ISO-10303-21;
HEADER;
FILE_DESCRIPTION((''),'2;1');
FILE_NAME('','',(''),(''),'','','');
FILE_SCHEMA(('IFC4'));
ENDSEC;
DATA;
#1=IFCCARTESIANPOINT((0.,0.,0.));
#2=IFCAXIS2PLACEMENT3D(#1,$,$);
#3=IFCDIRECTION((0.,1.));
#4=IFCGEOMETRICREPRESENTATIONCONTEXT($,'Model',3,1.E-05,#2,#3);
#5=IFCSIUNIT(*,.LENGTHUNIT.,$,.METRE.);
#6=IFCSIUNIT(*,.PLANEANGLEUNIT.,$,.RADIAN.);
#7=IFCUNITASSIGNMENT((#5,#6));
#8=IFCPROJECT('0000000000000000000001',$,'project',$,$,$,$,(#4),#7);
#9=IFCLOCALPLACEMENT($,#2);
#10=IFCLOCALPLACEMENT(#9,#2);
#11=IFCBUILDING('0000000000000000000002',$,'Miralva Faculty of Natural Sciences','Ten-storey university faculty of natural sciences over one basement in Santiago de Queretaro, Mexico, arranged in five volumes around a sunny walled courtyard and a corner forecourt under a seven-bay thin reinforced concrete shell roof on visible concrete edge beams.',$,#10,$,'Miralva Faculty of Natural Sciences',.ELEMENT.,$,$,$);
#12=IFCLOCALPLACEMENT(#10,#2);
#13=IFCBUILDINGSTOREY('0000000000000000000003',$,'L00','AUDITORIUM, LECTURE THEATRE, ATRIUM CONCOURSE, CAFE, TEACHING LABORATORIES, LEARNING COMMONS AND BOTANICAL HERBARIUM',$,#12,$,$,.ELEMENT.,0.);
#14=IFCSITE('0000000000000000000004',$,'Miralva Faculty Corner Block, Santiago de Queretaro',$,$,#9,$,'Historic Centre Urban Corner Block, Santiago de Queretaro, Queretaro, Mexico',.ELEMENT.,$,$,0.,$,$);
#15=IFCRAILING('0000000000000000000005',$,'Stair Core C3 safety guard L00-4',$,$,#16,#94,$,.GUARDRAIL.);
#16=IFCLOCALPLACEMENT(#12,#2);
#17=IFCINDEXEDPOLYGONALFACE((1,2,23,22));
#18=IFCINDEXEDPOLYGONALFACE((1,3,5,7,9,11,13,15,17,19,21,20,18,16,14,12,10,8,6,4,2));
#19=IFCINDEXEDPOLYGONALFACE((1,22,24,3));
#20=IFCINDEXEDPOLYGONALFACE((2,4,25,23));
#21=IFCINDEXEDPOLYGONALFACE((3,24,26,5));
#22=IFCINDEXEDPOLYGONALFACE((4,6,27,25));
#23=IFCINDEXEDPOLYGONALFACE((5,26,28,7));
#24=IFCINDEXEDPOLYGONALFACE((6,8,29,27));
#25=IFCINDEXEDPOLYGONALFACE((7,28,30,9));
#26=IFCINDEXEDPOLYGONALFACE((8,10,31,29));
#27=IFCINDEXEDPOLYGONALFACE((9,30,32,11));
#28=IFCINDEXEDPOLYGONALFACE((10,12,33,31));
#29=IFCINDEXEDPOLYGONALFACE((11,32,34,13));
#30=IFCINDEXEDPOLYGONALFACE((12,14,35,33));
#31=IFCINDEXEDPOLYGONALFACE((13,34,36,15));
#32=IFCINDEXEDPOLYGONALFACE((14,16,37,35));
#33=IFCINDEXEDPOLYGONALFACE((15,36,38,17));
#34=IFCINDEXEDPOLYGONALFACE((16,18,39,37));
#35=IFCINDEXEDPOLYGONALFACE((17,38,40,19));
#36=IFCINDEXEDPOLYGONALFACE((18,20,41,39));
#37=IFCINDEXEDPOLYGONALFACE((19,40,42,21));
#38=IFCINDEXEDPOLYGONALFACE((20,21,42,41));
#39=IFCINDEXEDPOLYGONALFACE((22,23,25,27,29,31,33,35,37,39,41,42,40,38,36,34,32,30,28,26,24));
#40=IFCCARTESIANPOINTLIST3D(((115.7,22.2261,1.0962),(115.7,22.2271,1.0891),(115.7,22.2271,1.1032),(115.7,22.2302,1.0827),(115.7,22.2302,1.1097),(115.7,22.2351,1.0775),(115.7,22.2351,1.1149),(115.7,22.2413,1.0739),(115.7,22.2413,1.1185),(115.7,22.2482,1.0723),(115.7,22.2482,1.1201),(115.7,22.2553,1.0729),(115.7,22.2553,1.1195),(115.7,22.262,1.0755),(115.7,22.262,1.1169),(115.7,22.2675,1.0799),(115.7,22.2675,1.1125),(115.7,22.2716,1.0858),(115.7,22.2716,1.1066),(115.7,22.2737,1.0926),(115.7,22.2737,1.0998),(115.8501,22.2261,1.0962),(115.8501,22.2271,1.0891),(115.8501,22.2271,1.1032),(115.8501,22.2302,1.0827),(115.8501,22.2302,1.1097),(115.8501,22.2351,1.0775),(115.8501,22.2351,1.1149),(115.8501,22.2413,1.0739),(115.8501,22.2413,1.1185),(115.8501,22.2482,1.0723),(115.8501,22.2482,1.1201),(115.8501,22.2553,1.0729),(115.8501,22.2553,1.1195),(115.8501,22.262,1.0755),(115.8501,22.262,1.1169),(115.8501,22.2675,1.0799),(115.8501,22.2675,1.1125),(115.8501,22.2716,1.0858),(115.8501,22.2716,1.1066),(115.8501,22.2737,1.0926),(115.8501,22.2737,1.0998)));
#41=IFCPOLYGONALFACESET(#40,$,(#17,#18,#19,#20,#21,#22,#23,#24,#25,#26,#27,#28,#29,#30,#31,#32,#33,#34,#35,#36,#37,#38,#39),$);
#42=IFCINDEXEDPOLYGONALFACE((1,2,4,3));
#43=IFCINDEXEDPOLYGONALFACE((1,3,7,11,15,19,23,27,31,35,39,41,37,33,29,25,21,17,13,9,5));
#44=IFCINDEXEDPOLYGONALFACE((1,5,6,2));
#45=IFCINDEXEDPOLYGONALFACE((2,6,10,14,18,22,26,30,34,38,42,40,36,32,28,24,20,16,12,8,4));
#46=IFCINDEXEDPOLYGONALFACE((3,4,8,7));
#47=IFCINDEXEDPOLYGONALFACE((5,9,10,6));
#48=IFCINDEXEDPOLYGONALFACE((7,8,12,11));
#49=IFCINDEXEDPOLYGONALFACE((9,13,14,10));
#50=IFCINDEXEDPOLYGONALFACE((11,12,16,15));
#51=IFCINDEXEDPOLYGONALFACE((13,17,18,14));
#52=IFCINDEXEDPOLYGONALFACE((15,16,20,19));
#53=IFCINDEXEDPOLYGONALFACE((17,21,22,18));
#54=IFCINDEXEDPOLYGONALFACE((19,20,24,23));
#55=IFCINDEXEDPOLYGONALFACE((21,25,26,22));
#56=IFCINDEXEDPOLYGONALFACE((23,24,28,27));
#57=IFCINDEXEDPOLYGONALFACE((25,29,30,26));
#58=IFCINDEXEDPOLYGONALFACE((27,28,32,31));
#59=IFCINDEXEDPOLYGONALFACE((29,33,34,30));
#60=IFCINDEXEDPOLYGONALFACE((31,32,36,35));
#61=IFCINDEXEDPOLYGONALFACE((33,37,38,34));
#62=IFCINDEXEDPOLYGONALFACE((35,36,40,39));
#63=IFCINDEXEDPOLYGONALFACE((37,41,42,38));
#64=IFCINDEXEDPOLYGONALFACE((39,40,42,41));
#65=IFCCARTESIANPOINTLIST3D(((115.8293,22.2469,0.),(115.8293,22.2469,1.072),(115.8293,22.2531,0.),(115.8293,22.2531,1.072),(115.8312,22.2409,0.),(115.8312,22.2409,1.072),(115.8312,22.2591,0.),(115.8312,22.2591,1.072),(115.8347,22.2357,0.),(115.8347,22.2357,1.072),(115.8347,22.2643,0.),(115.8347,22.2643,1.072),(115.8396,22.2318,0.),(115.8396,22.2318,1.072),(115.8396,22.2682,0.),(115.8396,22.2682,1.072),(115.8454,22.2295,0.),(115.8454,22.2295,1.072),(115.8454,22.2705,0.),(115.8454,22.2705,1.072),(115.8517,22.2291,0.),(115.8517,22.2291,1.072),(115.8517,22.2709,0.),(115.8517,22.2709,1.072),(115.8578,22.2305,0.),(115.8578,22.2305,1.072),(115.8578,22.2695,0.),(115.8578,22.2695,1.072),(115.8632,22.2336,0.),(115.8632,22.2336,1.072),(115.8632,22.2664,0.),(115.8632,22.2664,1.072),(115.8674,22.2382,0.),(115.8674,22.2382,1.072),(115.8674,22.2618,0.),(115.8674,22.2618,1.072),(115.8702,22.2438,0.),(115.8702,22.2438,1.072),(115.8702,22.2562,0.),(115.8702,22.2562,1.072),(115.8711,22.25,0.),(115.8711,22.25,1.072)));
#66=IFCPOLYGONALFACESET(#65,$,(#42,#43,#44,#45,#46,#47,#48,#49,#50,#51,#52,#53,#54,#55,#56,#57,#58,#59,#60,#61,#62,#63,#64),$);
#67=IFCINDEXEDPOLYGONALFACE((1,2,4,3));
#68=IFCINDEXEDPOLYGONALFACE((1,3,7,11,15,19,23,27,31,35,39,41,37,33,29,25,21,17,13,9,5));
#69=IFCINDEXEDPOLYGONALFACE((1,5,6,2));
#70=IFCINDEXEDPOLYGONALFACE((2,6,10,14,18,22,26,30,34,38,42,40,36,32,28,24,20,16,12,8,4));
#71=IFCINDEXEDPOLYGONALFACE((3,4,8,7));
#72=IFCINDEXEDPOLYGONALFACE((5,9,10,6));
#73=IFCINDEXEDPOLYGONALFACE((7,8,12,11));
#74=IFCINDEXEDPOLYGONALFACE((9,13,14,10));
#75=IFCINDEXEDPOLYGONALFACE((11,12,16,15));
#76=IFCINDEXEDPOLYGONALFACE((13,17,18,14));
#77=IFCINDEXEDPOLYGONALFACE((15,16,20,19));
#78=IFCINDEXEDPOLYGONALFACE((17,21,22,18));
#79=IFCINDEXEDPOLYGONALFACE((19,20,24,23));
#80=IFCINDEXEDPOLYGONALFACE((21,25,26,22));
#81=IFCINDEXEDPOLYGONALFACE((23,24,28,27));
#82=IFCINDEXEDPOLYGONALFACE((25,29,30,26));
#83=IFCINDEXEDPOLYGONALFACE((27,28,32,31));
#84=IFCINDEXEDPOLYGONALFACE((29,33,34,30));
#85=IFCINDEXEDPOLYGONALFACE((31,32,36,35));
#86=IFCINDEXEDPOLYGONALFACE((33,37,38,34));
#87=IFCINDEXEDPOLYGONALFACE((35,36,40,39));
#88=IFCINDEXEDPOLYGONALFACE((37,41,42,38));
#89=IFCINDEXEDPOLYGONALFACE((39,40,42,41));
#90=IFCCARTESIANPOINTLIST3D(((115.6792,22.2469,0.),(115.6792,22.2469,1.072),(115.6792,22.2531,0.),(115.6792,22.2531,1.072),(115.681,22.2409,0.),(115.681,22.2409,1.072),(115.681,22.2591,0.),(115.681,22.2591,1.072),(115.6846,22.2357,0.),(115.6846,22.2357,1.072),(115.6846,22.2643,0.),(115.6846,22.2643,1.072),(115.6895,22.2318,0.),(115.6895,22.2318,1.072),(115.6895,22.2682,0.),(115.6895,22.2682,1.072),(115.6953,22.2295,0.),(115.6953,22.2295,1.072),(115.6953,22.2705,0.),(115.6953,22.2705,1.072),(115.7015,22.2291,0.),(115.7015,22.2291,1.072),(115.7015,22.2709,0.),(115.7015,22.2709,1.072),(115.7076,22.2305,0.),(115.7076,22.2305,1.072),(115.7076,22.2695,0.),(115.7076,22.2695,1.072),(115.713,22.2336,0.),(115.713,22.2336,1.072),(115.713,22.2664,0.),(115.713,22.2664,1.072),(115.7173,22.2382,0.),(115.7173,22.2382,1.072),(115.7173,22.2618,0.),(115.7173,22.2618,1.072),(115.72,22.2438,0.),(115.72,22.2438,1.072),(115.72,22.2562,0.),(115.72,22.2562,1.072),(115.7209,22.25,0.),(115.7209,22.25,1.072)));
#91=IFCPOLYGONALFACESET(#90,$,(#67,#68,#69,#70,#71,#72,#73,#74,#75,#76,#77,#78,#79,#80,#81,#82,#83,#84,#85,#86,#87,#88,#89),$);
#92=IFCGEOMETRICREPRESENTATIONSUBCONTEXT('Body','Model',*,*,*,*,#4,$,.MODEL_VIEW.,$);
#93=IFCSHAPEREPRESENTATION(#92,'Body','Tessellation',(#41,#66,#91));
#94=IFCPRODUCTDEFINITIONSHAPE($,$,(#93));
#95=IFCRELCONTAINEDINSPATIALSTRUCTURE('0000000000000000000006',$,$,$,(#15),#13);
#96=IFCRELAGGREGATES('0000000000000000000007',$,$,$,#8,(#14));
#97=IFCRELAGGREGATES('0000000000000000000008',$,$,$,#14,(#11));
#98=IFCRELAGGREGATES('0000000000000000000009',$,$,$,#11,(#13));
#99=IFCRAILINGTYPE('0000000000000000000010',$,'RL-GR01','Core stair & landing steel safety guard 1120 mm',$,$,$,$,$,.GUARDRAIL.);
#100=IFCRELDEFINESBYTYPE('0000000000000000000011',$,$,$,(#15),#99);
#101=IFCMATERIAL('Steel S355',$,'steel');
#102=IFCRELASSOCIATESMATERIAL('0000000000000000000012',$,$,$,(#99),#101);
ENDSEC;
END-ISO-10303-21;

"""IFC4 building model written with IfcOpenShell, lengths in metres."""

from ifc_helpers import new_model, si_unit, direction, frame, origin, origin_2d, place, context, subcontext, project, spatial, circle, extrude, material, type_object, element, save


model = new_model("IFC4")

# Units and contexts
model_context = context("Model", 3, precision=1e-05, world=origin(), true_north=direction((0.0, 1.0)))
body_context = subcontext(model_context, "Body", "Model", "MODEL_VIEW")
ifc_project = project(units=[si_unit("LENGTHUNIT", "METRE"), si_unit("PLANEANGLEUNIT", "RADIAN")], contexts=[model_context])

# Site, building, storey
site_placement = place(None, origin())
site = spatial("IfcSite", under=ifc_project, at=site_placement, Name="Miralva Faculty Corner Block, Santiago de Queretaro", LongName="Historic Centre Urban Corner Block, Santiago de Queretaro, Queretaro, Mexico", CompositionType="ELEMENT", RefElevation=0.0)
building_placement = place(site_placement, origin())
building = spatial("IfcBuilding", under=site, at=building_placement, Name="Miralva Faculty of Natural Sciences", Description="Ten-storey university faculty of natural sciences over one basement in Santiago de Queretaro, Mexico, arranged in five volumes around a sunny walled courtyard and a corner forecourt under a seven-bay thin reinforced concrete shell roof on visible concrete edge beams.", LongName="Miralva Faculty of Natural Sciences", CompositionType="ELEMENT")
storey_placement = place(building_placement, origin())
storey = spatial("IfcBuildingStorey", under=building, at=storey_placement, Name="L00", Description="AUDITORIUM, LECTURE THEATRE, ATRIUM CONCOURSE, CAFE, TEACHING LABORATORIES, LEARNING COMMONS AND BOTANICAL HERBARIUM", CompositionType="ELEMENT", Elevation=0.0)

# Railing
ifc_material_1 = material(Name="Steel S355", Category="steel")
railing_type_1 = type_object("IfcRailingType", Name="RL-GR01", Description="Core stair & landing steel safety guard 1120 mm", PredefinedType="GUARDRAIL", material=ifc_material_1)
railing_1_placement = place(storey_placement, frame((115.8501, 22.25, 0.0)))
element("IfcRailing", 1, at=railing_1_placement, inside=storey, type_object=railing_type_1, Name="Stair Core C3 safety guard L00-4", PredefinedType="GUARDRAIL", context=body_context, shape_type="SweptSolid", body=[
    extrude(circle(Radius=0.0239, at=origin_2d()), frame((0.0, 0.0, 1.0962), z_axis=(-1.0, 0.0, 0.0), x_axis=(0.0, -1.0, 0.0)), (0.0, 0.0, 1.0), 0.1501),
    extrude(circle(Radius=0.021, at=origin_2d()), origin(), (0.0, 0.0, 1.0), 1.072),
    extrude(circle(Radius=0.021, at=origin_2d()), frame((-0.1501, 0.0, 0.0)), (0.0, 0.0, 1.0), 1.072),
])

save(model, "model.ifc")
